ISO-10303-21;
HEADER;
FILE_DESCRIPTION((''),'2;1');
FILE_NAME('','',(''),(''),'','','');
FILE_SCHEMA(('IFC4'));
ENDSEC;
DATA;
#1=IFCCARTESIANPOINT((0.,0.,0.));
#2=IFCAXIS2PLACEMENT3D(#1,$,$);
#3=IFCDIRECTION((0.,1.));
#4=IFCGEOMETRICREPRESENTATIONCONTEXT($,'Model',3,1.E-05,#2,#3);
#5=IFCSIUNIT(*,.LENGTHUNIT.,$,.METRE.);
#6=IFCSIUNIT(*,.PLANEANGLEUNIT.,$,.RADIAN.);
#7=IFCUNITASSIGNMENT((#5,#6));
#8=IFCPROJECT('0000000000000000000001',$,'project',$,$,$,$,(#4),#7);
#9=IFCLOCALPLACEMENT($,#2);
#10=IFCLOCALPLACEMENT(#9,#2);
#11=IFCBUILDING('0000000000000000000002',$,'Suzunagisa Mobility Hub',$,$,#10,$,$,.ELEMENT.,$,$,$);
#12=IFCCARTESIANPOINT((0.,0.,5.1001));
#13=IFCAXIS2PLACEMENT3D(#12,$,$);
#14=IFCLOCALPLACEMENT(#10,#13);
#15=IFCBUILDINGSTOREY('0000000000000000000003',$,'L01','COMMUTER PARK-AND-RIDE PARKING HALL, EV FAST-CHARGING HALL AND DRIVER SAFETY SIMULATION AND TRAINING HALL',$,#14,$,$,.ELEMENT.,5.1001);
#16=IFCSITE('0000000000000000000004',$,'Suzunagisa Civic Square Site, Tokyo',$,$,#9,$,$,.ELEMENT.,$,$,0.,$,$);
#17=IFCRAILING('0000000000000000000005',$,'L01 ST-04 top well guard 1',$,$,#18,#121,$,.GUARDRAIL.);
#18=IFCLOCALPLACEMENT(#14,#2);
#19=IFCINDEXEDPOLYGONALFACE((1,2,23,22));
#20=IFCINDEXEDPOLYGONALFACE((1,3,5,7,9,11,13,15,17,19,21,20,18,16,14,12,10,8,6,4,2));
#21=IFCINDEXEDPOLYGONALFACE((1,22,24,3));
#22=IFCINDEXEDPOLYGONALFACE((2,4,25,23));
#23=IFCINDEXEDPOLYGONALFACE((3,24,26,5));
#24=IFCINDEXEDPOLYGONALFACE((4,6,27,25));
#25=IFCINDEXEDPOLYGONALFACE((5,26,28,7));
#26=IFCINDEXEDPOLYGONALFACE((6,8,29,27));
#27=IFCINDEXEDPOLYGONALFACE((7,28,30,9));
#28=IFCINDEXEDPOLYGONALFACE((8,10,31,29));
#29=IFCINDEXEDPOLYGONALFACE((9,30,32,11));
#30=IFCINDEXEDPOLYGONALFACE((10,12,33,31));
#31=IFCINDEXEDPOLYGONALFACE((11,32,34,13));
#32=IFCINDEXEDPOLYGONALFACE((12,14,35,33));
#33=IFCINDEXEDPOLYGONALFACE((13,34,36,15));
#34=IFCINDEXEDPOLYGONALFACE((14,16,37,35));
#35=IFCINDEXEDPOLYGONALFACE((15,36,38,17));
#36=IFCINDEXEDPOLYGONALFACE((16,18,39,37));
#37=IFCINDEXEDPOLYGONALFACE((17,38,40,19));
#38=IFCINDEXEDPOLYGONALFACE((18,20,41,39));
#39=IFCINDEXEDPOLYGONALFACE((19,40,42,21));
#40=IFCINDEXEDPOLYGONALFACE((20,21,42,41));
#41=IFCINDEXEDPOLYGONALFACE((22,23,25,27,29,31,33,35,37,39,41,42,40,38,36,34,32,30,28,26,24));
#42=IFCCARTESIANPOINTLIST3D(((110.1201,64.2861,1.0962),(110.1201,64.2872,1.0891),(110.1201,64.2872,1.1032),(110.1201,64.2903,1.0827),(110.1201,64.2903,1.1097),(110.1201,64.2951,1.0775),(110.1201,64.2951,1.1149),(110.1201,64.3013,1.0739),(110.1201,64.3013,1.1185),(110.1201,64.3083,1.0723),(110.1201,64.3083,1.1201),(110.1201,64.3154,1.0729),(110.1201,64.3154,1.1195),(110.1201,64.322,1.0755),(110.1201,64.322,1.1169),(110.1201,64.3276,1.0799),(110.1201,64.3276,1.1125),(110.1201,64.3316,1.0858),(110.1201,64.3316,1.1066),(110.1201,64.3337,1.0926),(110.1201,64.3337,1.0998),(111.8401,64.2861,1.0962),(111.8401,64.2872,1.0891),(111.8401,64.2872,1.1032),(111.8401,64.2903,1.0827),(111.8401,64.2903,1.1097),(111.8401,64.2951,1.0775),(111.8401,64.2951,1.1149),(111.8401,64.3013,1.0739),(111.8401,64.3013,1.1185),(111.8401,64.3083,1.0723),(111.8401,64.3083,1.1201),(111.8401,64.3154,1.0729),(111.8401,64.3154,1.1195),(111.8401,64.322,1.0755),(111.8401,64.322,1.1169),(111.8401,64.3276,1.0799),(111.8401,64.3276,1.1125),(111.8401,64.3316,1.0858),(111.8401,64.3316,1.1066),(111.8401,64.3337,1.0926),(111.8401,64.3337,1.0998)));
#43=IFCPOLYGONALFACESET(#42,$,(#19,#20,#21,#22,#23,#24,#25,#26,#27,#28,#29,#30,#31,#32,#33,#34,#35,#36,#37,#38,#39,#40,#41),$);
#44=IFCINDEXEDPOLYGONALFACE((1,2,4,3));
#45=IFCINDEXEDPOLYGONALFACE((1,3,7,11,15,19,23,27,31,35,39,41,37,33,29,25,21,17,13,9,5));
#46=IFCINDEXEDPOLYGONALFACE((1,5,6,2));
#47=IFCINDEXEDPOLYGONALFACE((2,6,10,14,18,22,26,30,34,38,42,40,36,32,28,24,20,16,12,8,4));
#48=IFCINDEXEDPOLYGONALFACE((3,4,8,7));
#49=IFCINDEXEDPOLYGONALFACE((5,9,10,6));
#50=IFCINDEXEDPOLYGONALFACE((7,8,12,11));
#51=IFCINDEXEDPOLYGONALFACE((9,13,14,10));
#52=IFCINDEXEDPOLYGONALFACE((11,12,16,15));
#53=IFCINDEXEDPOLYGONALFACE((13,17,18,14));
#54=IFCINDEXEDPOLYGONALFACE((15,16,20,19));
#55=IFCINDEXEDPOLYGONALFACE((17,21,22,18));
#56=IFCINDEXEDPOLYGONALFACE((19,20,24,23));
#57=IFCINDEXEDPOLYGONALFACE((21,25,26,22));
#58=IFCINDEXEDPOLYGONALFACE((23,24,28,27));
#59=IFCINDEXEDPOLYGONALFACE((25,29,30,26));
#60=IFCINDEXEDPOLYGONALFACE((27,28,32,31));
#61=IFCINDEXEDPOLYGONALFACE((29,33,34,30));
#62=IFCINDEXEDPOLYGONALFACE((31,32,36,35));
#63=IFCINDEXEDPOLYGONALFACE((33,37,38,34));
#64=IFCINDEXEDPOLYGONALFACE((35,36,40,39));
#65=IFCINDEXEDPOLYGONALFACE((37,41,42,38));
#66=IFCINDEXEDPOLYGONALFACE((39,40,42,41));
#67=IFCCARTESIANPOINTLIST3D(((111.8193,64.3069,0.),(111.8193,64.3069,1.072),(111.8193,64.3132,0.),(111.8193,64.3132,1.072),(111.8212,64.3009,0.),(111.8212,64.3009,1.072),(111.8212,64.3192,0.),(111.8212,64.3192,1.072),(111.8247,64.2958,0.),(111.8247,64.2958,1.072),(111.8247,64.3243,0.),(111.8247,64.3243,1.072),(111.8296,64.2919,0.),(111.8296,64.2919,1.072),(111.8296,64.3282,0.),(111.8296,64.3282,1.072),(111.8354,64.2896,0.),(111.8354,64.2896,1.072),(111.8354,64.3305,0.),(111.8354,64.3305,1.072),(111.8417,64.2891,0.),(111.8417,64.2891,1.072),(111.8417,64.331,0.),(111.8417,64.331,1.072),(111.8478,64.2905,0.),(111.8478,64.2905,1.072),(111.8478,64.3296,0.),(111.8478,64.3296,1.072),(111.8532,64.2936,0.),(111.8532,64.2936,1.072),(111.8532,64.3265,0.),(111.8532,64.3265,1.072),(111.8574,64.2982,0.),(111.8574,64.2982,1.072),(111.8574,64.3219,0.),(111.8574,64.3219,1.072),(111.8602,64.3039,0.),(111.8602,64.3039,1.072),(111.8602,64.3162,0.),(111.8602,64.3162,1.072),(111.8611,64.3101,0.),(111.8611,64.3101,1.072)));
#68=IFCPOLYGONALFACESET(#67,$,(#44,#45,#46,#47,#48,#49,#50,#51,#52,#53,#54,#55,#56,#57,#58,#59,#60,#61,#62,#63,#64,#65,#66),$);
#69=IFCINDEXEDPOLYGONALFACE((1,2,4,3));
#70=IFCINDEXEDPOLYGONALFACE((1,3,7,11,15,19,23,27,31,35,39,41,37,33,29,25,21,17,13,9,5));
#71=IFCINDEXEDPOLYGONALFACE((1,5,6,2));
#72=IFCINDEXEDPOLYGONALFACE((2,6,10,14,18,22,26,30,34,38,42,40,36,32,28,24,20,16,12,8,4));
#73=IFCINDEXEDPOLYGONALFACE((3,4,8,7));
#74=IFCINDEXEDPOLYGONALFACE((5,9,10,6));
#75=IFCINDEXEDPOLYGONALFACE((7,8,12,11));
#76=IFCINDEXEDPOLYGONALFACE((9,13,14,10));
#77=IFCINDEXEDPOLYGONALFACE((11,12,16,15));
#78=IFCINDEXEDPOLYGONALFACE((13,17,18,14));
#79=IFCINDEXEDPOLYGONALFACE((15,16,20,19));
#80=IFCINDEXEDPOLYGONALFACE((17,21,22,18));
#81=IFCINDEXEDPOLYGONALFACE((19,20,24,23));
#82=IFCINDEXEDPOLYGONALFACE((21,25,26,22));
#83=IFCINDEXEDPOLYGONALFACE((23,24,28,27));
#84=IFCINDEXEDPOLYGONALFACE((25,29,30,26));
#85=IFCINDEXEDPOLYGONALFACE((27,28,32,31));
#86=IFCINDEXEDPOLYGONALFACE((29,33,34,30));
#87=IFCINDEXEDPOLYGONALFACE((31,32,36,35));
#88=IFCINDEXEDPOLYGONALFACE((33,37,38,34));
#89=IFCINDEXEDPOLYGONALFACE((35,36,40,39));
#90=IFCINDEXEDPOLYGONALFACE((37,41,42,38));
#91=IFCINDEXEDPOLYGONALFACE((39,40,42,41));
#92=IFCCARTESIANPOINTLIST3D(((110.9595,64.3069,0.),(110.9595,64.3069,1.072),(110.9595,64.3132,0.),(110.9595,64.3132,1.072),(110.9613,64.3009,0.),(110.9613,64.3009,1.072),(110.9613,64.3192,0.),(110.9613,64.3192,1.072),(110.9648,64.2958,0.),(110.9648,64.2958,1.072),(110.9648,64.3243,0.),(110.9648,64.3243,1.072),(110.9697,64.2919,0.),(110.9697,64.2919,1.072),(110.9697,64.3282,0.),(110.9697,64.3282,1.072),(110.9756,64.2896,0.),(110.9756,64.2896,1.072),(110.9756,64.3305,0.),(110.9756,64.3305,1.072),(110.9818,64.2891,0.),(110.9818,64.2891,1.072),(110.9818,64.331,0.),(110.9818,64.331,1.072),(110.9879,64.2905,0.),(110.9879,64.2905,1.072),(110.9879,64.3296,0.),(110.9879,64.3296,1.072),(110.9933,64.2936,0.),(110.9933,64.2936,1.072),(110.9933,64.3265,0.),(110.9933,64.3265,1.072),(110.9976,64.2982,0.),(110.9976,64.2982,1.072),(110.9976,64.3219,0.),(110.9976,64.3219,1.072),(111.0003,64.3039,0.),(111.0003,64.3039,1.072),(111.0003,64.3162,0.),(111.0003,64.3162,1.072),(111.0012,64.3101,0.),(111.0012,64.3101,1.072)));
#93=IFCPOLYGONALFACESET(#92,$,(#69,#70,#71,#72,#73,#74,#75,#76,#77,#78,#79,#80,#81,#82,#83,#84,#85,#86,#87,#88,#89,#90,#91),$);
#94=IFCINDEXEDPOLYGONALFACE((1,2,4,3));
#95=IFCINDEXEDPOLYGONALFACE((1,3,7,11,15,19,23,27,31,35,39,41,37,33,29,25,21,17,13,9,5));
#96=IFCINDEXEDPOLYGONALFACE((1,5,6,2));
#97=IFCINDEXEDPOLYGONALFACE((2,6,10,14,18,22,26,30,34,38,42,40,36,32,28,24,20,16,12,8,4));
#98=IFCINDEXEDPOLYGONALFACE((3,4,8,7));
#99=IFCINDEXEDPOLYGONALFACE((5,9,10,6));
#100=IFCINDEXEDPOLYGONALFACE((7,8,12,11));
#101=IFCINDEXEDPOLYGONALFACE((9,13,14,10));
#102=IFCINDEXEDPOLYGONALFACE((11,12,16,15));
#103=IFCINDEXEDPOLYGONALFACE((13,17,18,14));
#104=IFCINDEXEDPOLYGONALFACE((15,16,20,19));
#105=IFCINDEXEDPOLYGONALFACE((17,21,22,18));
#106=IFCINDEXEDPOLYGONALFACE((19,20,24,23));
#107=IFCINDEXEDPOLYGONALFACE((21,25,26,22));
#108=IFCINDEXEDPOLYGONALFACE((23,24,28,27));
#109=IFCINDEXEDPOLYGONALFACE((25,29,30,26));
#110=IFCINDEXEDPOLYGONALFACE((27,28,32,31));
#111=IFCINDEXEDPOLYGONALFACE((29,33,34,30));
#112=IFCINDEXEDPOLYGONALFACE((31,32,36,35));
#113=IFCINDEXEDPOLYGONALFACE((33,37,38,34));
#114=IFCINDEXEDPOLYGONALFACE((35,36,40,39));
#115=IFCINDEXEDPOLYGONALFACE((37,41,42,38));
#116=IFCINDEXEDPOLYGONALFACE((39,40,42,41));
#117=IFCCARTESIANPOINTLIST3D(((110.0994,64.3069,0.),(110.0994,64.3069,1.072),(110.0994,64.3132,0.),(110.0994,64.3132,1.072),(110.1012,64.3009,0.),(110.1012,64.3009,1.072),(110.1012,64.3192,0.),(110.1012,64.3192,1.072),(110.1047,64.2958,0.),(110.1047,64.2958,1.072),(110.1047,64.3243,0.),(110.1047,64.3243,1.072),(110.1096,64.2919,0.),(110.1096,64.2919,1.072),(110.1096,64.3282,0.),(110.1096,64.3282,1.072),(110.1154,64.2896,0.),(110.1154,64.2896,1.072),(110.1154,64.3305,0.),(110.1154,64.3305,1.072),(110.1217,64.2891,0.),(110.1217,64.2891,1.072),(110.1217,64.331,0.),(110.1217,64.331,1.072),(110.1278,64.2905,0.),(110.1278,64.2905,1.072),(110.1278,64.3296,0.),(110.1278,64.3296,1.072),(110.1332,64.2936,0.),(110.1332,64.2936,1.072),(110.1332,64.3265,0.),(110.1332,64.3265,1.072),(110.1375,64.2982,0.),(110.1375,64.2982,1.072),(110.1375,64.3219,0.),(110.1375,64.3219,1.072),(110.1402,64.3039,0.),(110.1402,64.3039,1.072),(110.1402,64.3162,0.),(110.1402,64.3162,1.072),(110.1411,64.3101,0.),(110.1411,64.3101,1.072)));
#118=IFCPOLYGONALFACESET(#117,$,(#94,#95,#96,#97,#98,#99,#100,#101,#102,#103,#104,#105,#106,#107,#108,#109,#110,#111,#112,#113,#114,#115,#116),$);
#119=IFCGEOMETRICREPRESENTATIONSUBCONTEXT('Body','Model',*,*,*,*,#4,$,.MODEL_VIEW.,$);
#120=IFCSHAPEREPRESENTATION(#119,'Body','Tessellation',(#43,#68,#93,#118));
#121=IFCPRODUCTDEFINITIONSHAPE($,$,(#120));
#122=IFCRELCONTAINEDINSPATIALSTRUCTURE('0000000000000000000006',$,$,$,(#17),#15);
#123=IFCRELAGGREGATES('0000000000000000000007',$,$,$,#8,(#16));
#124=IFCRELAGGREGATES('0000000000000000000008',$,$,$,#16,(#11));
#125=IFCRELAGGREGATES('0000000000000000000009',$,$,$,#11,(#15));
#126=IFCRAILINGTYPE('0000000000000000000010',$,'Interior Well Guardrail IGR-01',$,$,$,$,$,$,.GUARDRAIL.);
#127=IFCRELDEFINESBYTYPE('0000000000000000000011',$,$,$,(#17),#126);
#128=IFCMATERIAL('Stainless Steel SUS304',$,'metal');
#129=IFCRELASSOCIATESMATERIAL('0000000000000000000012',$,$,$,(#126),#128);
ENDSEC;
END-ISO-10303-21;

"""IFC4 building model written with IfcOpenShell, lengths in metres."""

from ifc_helpers import new_model, si_unit, direction, frame, origin, origin_2d, place, context, subcontext, project, spatial, circle, extrude, material, type_object, element, save


model = new_model("IFC4")

# Units and contexts
model_context = context("Model", 3, precision=1e-05, world=origin(), true_north=direction((0.0, 1.0)))
body_context = subcontext(model_context, "Body", "Model", "MODEL_VIEW")
ifc_project = project(units=[si_unit("LENGTHUNIT", "METRE"), si_unit("PLANEANGLEUNIT", "RADIAN")], contexts=[model_context])

# Site, building, storey
site_placement = place(None, origin())
site = spatial("IfcSite", under=ifc_project, at=site_placement, Name="Suzunagisa Civic Square Site, Tokyo", CompositionType="ELEMENT", RefElevation=0.0)
building_placement = place(site_placement, origin())
building = spatial("IfcBuilding", under=site, at=building_placement, Name="Suzunagisa Mobility Hub", CompositionType="ELEMENT")
storey_placement = place(building_placement, frame((0.0, 0.0, 5.1001)))
storey = spatial("IfcBuildingStorey", under=building, at=storey_placement, Name="L01", Description="COMMUTER PARK-AND-RIDE PARKING HALL, EV FAST-CHARGING HALL AND DRIVER SAFETY SIMULATION AND TRAINING HALL", CompositionType="ELEMENT", Elevation=5.1001)

# Railing
ifc_material_1 = material(Name="Stainless Steel SUS304", Category="metal")
railing_type = type_object("IfcRailingType", Name="Interior Well Guardrail IGR-01", PredefinedType="GUARDRAIL", material=ifc_material_1)
railing_1_placement = place(storey_placement, frame((111.8401, 64.3101, 0.0)))
element("IfcRailing", 1, at=railing_1_placement, inside=storey, type_object=railing_type, Name="L01 ST-04 top well guard 1", PredefinedType="GUARDRAIL", context=body_context, shape_type="SweptSolid", body=[
    extrude(circle(Radius=0.0239, at=origin_2d()), frame((0.0, 0.0, 1.0962), z_axis=(-1.0, 0.0, 0.0), x_axis=(0.0, -1.0, 0.0)), (0.0, 0.0, 1.0), 1.72),
    extrude(circle(Radius=0.021, at=origin_2d()), origin(), (0.0, 0.0, 1.0), 1.072),
    extrude(circle(Radius=0.021, at=origin_2d()), frame((-0.8599, 0.0, 0.0)), (0.0, 0.0, 1.0), 1.072),
    extrude(circle(Radius=0.021, at=origin_2d()), frame((-1.72, 0.0, 0.0)), (0.0, 0.0, 1.0), 1.072),
])

save(model, "model.ifc")
